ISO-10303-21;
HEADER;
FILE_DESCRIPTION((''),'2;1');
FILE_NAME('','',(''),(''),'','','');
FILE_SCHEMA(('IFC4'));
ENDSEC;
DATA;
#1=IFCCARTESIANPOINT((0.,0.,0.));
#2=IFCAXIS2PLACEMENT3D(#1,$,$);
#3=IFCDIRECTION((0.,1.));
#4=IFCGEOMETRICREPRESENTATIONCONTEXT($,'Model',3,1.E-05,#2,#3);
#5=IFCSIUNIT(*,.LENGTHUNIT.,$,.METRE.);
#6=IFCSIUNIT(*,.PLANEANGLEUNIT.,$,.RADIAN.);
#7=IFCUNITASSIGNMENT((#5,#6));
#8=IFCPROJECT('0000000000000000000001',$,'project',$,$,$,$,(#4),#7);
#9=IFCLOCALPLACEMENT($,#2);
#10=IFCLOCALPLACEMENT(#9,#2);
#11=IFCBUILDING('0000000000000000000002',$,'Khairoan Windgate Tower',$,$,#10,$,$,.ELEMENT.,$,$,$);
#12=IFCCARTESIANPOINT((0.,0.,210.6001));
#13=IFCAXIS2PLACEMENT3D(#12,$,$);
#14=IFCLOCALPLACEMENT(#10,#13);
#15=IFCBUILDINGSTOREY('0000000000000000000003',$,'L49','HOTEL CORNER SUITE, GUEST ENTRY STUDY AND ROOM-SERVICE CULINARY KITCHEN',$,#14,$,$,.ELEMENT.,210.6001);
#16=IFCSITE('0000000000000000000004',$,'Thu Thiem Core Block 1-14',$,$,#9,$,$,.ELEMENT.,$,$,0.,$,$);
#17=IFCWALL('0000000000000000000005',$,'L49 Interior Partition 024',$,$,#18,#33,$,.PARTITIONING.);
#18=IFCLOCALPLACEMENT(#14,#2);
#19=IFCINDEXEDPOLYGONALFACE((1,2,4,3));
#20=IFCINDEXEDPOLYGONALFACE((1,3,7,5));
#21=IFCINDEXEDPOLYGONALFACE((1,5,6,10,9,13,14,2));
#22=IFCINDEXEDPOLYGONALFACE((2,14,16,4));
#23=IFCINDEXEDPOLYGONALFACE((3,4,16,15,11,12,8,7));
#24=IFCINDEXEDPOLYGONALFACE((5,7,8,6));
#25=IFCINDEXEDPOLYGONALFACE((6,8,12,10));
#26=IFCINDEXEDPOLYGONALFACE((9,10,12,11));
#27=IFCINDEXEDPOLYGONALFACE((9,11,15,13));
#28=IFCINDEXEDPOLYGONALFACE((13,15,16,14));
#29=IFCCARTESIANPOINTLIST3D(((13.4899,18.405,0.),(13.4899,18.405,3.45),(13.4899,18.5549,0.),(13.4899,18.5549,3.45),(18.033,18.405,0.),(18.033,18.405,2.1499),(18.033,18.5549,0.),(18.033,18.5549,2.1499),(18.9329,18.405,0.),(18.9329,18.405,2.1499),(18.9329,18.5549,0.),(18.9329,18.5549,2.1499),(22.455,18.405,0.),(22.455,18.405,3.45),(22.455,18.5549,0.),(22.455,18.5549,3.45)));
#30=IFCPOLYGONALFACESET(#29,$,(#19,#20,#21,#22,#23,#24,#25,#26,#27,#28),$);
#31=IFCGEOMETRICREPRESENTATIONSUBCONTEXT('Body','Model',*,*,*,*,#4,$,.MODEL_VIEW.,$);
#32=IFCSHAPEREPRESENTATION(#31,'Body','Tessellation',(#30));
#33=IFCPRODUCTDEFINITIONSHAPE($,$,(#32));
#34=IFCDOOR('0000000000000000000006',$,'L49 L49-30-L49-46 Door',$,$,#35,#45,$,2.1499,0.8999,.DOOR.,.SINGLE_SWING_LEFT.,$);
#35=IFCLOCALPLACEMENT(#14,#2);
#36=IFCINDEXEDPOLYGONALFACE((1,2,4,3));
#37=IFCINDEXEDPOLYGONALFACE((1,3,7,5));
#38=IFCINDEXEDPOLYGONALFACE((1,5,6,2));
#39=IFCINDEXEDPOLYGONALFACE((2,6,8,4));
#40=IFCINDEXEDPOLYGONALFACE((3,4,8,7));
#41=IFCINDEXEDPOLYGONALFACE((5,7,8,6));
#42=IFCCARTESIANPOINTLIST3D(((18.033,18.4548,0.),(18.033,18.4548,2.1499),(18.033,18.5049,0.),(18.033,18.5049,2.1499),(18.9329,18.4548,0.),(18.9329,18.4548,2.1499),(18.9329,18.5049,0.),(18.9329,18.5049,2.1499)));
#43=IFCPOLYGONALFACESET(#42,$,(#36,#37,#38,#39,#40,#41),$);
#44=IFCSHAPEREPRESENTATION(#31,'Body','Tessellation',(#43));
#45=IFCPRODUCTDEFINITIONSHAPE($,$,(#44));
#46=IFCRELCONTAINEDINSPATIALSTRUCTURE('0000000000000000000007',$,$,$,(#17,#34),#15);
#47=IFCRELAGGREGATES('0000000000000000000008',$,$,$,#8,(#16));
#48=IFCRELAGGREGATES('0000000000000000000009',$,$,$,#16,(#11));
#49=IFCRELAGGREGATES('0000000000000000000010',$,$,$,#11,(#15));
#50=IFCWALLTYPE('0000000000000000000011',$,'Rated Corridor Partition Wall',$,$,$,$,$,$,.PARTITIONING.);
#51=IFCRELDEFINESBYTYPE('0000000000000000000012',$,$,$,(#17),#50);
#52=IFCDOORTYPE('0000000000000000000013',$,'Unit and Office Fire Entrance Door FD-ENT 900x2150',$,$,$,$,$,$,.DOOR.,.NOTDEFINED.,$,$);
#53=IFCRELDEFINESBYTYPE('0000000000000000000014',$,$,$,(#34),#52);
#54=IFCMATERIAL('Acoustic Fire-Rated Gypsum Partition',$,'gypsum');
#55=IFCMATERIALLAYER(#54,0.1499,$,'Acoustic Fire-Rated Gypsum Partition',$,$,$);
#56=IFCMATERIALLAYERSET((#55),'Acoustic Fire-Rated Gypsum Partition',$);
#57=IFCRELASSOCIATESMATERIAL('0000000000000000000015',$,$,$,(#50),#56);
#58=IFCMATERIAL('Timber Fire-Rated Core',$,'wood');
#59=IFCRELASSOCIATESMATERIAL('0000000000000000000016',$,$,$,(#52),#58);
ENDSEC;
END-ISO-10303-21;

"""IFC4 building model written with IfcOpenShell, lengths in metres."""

from ifc_helpers import new_model, si_unit, direction, frame, frame_2d, origin, place, context, subcontext, project, spatial, rectangle, extrude, material, layer, layer_set, type_object, element, fill, save


model = new_model("IFC4")

# Units and contexts
model_context = context("Model", 3, precision=1e-05, world=origin(), true_north=direction((0.0, 1.0)))
body_context = subcontext(model_context, "Body", "Model", "MODEL_VIEW")
ifc_project = project(units=[si_unit("LENGTHUNIT", "METRE"), si_unit("PLANEANGLEUNIT", "RADIAN")], contexts=[model_context])

# Site, building, storey
site_placement = place(None, origin())
site = spatial("IfcSite", under=ifc_project, at=site_placement, Name="Thu Thiem Core Block 1-14", CompositionType="ELEMENT", RefElevation=0.0)
building_placement = place(site_placement, origin())
building = spatial("IfcBuilding", under=site, at=building_placement, Name="Khairoan Windgate Tower", CompositionType="ELEMENT")
storey_placement = place(building_placement, frame((0.0, 0.0, 210.6001)))
storey = spatial("IfcBuildingStorey", under=building, at=storey_placement, Name="L49", Description="HOTEL CORNER SUITE, GUEST ENTRY STUDY AND ROOM-SERVICE CULINARY KITCHEN", CompositionType="ELEMENT", Elevation=210.6001)

# Wall, opening, door
ifc_material_1 = material(Name="Acoustic Fire-Rated Gypsum Partition", Category="gypsum")
ifc_layer_1 = layer(ifc_material_1, 0.1499, Name="Acoustic Fire-Rated Gypsum Partition")
ifc_layer_set_1 = layer_set([ifc_layer_1], Name="Acoustic Fire-Rated Gypsum Partition")
wall_type_1 = type_object("IfcWallType", Name="Rated Corridor Partition Wall", PredefinedType="PARTITIONING", material=ifc_layer_set_1)
wall_1_placement = place(storey_placement, frame((13.49, 18.48, 0.0), z_axis=(0.0, 0.0, 1.0), x_axis=(1.0, 0.0, 0.0)))
wall_1 = element("IfcWall", 1, at=wall_1_placement, inside=storey, type_object=wall_type_1, Name="L49 Interior Partition 024", PredefinedType="PARTITIONING", context=body_context, shape_type="SweptSolid", body=[
    extrude(rectangle(XDim=8.9651, YDim=0.1499, at=frame_2d((4.4824, 0.0))), origin(), (0.0, 0.0, 1.0), 3.45),
])
opening_1_placement = place(wall_1_placement, frame((4.543, 0.0, 0.0)))
opening_1 = element("IfcOpeningElement", 2, at=opening_1_placement, cuts=wall_1, PredefinedType="OPENING", context=body_context, shape_type="SweptSolid", body=[
    extrude(rectangle(XDim=0.8999, YDim=2.1499, at=frame_2d((0.45, 1.075))), frame((0.0, 0.085, 0.0), z_axis=(0.0, -1.0, 0.0), x_axis=(1.0, 0.0, 0.0)), (0.0, 0.0, 1.0), 0.1699),
])
ifc_material_2 = material(Name="Timber Fire-Rated Core", Category="wood")
door_type_1 = type_object("IfcDoorType", Name="Unit and Office Fire Entrance Door FD-ENT 900x2150", OperationType="NOTDEFINED", PredefinedType="DOOR", material=ifc_material_2)
door_1_placement = place(opening_1_placement, origin())
door_1 = element("IfcDoor", 3, at=door_1_placement, inside=storey, type_object=door_type_1, Name="L49 L49-30-L49-46 Door", OperationType="SINGLE_SWING_LEFT", OverallHeight=2.1499, OverallWidth=0.8999, PredefinedType="DOOR", context=body_context, shape_type="SweptSolid", body=[
    extrude(rectangle(XDim=0.8999, YDim=2.1499, at=frame_2d((0.45, 1.075))), frame((0.0, 0.0249, 0.0), z_axis=(0.0, -1.0, 0.0), x_axis=(1.0, 0.0, 0.0)), (0.0, 0.0, 1.0), 0.05),
])
fill(opening_1, door_1)

save(model, "model.ifc")
